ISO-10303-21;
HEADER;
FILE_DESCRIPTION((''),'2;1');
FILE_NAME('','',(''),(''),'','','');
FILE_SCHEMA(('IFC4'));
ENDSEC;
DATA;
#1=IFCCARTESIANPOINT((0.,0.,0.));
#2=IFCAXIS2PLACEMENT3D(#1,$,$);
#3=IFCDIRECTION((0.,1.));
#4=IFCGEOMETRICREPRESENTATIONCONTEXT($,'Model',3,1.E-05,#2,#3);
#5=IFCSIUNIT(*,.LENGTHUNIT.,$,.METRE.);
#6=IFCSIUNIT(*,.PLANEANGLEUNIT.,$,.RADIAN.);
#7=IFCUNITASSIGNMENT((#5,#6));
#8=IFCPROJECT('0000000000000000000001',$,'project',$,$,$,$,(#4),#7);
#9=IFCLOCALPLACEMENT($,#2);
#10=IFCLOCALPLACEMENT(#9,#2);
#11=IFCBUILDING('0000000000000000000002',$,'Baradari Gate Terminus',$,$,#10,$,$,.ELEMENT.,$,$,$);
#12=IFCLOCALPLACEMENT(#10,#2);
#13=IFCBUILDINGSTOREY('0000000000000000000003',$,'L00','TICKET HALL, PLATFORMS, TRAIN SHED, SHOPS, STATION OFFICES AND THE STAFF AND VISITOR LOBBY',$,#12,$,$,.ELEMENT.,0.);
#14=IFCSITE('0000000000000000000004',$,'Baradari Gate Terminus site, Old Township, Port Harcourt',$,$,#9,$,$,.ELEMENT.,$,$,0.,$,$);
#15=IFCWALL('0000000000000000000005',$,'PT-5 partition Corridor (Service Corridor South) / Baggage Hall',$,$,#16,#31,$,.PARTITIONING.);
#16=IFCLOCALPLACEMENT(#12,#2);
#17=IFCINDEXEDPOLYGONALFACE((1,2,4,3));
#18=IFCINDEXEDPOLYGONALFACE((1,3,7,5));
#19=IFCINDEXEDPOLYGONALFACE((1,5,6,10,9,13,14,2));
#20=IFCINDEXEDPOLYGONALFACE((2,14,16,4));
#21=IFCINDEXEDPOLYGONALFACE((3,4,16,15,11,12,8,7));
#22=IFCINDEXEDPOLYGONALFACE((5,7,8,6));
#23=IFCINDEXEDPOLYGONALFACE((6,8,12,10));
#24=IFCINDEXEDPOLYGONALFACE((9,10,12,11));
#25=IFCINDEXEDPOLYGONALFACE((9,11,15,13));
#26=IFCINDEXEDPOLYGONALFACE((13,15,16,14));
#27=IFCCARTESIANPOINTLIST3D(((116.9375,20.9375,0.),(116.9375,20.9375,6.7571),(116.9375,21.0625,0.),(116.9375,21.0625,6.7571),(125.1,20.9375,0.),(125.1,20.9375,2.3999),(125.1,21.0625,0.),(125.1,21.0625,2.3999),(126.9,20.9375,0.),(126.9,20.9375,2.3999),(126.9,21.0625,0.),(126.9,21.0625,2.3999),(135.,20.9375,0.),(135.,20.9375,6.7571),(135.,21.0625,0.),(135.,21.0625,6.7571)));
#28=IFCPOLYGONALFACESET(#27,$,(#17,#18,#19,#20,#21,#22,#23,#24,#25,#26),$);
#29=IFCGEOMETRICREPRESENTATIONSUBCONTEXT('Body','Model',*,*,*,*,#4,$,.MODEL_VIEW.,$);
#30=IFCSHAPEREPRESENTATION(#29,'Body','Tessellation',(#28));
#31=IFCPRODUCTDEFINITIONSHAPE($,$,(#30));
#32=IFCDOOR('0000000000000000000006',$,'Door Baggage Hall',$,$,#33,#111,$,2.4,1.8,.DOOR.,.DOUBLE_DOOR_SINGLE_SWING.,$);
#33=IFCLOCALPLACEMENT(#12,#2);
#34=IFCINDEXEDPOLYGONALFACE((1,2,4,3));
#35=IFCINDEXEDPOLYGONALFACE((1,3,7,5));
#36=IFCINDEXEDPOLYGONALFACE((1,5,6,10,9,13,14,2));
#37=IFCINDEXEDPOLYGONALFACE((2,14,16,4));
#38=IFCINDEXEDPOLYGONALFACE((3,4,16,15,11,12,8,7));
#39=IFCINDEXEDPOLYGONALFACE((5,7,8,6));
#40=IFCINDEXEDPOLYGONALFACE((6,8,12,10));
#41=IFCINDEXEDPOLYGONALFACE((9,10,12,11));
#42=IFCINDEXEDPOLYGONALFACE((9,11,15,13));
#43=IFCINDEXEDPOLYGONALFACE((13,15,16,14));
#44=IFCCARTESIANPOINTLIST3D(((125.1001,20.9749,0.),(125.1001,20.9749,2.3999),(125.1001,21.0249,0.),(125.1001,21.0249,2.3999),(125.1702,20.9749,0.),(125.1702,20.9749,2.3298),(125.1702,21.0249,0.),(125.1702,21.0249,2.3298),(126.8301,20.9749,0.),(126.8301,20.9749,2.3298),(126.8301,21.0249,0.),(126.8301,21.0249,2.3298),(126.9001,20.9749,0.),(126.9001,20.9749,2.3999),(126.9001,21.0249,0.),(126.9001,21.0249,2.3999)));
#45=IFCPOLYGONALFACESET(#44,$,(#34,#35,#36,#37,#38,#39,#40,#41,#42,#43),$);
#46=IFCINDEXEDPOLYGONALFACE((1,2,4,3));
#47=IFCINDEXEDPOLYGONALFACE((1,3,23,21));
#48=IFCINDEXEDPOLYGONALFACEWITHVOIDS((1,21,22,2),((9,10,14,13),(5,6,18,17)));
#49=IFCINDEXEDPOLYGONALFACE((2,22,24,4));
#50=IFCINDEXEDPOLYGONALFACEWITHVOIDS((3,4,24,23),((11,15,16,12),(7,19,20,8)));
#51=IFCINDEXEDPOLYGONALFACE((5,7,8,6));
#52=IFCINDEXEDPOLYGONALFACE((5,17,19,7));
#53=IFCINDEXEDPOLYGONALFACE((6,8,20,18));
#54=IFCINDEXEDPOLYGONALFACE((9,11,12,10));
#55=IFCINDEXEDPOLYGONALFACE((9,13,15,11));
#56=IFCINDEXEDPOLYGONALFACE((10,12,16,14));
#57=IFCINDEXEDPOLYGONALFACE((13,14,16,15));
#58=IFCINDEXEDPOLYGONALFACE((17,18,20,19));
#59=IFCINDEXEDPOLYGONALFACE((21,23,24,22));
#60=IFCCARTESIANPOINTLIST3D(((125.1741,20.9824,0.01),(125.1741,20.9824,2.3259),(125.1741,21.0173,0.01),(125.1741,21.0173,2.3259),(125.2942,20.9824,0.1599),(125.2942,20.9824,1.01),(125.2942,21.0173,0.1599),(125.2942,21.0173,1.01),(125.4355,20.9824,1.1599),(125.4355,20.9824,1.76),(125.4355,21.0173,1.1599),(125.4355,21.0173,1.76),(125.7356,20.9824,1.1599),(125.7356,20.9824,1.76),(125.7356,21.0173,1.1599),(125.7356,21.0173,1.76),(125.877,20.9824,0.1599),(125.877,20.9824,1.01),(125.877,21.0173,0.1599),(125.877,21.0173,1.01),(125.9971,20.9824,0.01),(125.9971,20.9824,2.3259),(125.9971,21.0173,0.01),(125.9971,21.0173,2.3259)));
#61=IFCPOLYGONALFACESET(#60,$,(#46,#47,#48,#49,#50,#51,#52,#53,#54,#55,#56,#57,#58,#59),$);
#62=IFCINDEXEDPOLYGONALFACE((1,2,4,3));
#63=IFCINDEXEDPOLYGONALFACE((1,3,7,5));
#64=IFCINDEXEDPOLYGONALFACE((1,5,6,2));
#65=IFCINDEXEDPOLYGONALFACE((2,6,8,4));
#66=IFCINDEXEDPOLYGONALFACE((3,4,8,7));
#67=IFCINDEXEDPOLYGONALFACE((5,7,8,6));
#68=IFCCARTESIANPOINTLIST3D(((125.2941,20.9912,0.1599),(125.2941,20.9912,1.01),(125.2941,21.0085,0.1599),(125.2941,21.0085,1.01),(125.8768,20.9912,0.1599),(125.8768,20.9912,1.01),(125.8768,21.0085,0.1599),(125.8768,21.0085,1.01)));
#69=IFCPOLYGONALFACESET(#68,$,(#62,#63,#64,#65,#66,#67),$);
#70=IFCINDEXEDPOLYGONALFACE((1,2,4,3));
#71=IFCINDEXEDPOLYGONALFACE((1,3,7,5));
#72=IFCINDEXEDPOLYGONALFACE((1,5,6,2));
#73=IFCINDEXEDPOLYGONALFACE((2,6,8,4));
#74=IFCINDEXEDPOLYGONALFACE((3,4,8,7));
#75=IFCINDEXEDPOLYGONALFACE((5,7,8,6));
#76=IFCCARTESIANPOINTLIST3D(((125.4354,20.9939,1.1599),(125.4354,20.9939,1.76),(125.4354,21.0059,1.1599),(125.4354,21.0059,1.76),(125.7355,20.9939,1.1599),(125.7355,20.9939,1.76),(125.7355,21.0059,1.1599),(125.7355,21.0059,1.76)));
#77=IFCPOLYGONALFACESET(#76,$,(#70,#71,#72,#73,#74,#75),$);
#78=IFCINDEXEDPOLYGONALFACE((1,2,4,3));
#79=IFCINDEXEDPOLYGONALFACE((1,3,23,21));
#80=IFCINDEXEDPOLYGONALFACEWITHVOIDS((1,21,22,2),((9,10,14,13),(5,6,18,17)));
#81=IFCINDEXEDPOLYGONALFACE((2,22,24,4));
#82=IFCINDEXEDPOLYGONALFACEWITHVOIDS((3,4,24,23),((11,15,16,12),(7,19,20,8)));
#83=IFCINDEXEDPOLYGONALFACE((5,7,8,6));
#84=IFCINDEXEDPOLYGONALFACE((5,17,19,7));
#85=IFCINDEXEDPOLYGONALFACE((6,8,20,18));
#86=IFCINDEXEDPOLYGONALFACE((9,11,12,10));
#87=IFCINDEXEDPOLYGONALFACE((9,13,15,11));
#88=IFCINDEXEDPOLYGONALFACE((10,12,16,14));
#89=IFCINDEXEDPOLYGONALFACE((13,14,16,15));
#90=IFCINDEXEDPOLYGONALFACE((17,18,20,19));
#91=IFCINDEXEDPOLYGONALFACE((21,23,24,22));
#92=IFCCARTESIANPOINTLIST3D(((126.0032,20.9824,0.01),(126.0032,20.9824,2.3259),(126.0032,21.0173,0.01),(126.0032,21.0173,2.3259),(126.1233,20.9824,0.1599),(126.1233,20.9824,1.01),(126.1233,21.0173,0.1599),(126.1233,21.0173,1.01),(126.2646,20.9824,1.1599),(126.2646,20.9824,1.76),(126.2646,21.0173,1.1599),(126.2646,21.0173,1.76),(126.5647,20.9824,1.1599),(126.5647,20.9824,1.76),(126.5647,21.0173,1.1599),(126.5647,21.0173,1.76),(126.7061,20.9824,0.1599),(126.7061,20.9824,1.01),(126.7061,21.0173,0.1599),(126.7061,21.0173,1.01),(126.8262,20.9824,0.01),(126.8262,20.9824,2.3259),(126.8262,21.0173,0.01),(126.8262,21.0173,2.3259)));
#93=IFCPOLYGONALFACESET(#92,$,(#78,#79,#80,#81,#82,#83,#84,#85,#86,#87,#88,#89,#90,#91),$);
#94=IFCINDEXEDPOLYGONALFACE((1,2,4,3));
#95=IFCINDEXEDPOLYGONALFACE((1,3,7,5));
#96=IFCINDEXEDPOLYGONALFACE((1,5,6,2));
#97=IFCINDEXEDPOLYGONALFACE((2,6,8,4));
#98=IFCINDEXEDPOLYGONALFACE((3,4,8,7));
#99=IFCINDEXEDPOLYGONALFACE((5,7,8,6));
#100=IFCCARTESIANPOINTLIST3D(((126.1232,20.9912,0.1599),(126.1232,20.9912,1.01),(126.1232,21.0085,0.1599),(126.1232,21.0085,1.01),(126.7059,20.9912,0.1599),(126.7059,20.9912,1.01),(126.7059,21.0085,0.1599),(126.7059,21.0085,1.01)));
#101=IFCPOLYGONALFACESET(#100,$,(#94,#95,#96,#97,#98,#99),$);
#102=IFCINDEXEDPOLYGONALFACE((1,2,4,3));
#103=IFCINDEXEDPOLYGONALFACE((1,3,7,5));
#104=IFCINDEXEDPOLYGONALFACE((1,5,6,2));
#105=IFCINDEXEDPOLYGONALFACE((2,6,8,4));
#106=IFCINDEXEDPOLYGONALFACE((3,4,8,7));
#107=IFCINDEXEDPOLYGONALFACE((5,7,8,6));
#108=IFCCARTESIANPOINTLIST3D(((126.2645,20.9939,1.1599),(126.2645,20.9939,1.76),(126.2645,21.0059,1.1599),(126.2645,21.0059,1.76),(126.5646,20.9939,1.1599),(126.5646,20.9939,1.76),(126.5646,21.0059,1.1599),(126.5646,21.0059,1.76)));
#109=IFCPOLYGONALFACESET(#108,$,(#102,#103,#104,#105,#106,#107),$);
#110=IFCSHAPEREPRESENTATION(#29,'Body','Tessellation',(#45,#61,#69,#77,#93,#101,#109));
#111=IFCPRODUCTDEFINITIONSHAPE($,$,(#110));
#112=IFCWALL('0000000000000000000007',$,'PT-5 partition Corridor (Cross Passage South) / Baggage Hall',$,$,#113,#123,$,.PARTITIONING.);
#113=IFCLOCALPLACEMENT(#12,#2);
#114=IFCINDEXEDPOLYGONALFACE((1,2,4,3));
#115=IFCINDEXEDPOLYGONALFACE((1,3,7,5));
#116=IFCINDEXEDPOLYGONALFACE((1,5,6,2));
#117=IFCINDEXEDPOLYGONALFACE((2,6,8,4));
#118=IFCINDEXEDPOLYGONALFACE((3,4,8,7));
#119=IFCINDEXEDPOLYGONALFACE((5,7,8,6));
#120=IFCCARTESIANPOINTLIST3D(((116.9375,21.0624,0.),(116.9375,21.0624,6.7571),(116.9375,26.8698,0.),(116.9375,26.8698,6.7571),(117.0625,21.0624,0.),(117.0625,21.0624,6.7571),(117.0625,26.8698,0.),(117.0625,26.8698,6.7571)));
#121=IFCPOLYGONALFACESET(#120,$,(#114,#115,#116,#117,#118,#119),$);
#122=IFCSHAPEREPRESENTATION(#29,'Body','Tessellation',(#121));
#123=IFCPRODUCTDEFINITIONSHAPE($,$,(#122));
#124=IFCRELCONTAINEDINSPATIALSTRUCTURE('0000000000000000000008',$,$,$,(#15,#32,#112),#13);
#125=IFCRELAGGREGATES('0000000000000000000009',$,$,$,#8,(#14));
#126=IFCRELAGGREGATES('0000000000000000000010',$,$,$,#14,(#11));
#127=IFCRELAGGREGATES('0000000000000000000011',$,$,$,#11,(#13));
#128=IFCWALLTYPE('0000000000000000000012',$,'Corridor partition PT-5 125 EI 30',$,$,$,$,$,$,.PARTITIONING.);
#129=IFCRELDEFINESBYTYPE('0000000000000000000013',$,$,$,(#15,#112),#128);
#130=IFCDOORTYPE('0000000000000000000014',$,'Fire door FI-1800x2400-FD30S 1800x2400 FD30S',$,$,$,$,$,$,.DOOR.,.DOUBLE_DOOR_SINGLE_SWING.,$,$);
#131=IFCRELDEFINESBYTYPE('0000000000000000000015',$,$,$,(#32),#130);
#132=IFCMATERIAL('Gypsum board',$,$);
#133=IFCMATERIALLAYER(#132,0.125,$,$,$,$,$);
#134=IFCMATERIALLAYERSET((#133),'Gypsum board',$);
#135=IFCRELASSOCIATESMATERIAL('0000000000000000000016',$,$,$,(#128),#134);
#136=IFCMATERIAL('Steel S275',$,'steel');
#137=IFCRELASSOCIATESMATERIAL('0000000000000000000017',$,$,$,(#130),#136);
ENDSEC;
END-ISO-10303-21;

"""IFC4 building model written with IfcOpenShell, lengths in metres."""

from ifc_helpers import new_model, si_unit, direction, frame, frame_2d, origin, place, context, subcontext, project, spatial, polyline, rectangle, outline, extrude, material, layer, layer_set, type_object, element, fill, save


model = new_model("IFC4")

# Units and contexts
model_context = context("Model", 3, precision=1e-05, world=origin(), true_north=direction((0.0, 1.0)))
body_context = subcontext(model_context, "Body", "Model", "MODEL_VIEW")
ifc_project = project(units=[si_unit("LENGTHUNIT", "METRE"), si_unit("PLANEANGLEUNIT", "RADIAN")], contexts=[model_context])

# Site, building, storey
site_placement = place(None, origin())
site = spatial("IfcSite", under=ifc_project, at=site_placement, Name="Baradari Gate Terminus site, Old Township, Port Harcourt", CompositionType="ELEMENT", RefElevation=0.0)
building_placement = place(site_placement, origin())
building = spatial("IfcBuilding", under=site, at=building_placement, Name="Baradari Gate Terminus", CompositionType="ELEMENT")
storey_placement = place(building_placement, origin())
storey = spatial("IfcBuildingStorey", under=building, at=storey_placement, Name="L00", Description="TICKET HALL, PLATFORMS, TRAIN SHED, SHOPS, STATION OFFICES AND THE STAFF AND VISITOR LOBBY", CompositionType="ELEMENT", Elevation=0.0)

# Wall, opening, door
ifc_material_1 = material(Name="Gypsum board")
ifc_layer_1 = layer(ifc_material_1, 0.125)
ifc_layer_set_1 = layer_set([ifc_layer_1], Name="Gypsum board")
wall_type_1 = type_object("IfcWallType", Name="Corridor partition PT-5 125 EI 30", PredefinedType="PARTITIONING", material=ifc_layer_set_1)
ifc_material_2 = material(Name="Steel S275", Category="steel")
door_type_1 = type_object("IfcDoorType", Name="Fire door FI-1800x2400-FD30S 1800x2400 FD30S", OperationType="DOUBLE_DOOR_SINGLE_SWING", PredefinedType="DOOR", material=ifc_material_2)
wall_1_placement = place(storey_placement, frame((116.9375, 21.0, 0.0), z_axis=(0.0, 0.0, 1.0), x_axis=(1.0, 0.0, 0.0)))
wall_1 = element("IfcWall", 1, at=wall_1_placement, inside=storey, type_object=wall_type_1, Name="PT-5 partition Corridor (Service Corridor South) / Baggage Hall", PredefinedType="PARTITIONING", context=body_context, shape_type="SweptSolid", body=[
    extrude(rectangle(XDim=18.0625, YDim=0.125, at=frame_2d((9.0312, 0.0))), origin(), (0.0, 0.0, 1.0), 6.7571),
])
opening_1_placement = place(wall_1_placement, frame((8.1626, 0.0, 0.0)))
opening_1 = element("IfcOpeningElement", 2, at=opening_1_placement, cuts=wall_1, PredefinedType="OPENING", context=body_context, shape_type="SweptSolid", body=[
    extrude(rectangle(XDim=1.8, YDim=2.3999, at=frame_2d((0.8999, 1.2))), frame((0.0, 0.0725, 0.0), z_axis=(0.0, -1.0, 0.0), x_axis=(1.0, 0.0, 0.0)), (0.0, 0.0, 1.0), 0.145),
])
door_1_placement = place(opening_1_placement, origin())
door_1 = element("IfcDoor", 3, at=door_1_placement, inside=storey, type_object=door_type_1, Name="Door Baggage Hall", OperationType="DOUBLE_DOOR_SINGLE_SWING", OverallHeight=2.4, OverallWidth=1.8, PredefinedType="DOOR", context=body_context, shape_type="SweptSolid", body=[
    extrude(outline(polyline([(0.0, 0.0), (0.0701, 0.0), (0.0701, 2.3298), (1.73, 2.3298), (1.73, 0.0), (1.8, 0.0), (1.8, 2.3999), (0.0, 2.3999), (0.0, 0.0)])), frame((0.0, 0.0249, 0.0), z_axis=(0.0, -1.0, 0.0), x_axis=(1.0, 0.0, 0.0)), (0.0, 0.0, 1.0), 0.05),
    extrude(outline(polyline([(0.074, 0.01), (0.897, 0.01), (0.897, 2.3259), (0.074, 2.3259), (0.074, 0.01)]), holes=[polyline([(0.1941, 0.1599), (0.7769, 0.1599), (0.7769, 1.01), (0.1941, 1.01), (0.1941, 0.1599)]), polyline([(0.3354, 1.1599), (0.6355, 1.1599), (0.6355, 1.76), (0.3354, 1.76), (0.3354, 1.1599)])]), frame((0.0, 0.0173, 0.0), z_axis=(0.0, -1.0, 0.0), x_axis=(1.0, 0.0, 0.0)), (0.0, 0.0, 1.0), 0.0349),
    extrude(rectangle(XDim=0.5828, YDim=0.8501, at=frame_2d((0.4854, 0.585))), frame((0.0, 0.0085, 0.0), z_axis=(0.0, -1.0, 0.0), x_axis=(1.0, 0.0, 0.0)), (0.0, 0.0, 1.0), 0.0173),
    extrude(rectangle(XDim=0.3, YDim=0.6001, at=frame_2d((0.4854, 1.46))), frame((0.0, 0.0059, 0.0), z_axis=(0.0, -1.0, 0.0), x_axis=(1.0, 0.0, 0.0)), (0.0, 0.0, 1.0), 0.012),
    extrude(outline(polyline([(0.9031, 0.01), (1.7261, 0.01), (1.7261, 2.3259), (0.9031, 2.3259), (0.9031, 0.01)]), holes=[polyline([(1.0232, 0.1599), (1.606, 0.1599), (1.606, 1.01), (1.0232, 1.01), (1.0232, 0.1599)]), polyline([(1.1646, 1.1599), (1.4646, 1.1599), (1.4646, 1.76), (1.1646, 1.76), (1.1646, 1.1599)])]), frame((0.0, 0.0173, 0.0), z_axis=(0.0, -1.0, 0.0), x_axis=(1.0, 0.0, 0.0)), (0.0, 0.0, 1.0), 0.0349),
    extrude(rectangle(XDim=0.5828, YDim=0.8501, at=frame_2d((1.3145, 0.585))), frame((0.0, 0.0085, 0.0), z_axis=(0.0, -1.0, 0.0), x_axis=(1.0, 0.0, 0.0)), (0.0, 0.0, 1.0), 0.0173),
    extrude(rectangle(XDim=0.3, YDim=0.6001, at=frame_2d((1.3145, 1.46))), frame((0.0, 0.0059, 0.0), z_axis=(0.0, -1.0, 0.0), x_axis=(1.0, 0.0, 0.0)), (0.0, 0.0, 1.0), 0.012),
])
fill(opening_1, door_1)

# Wall
wall_2_placement = place(storey_placement, frame((117.0, 26.8699, 0.0), z_axis=(0.0, 0.0, 1.0), x_axis=(0.0, -1.0, 0.0)))
element("IfcWall", 4, at=wall_2_placement, inside=storey, type_object=wall_type_1, Name="PT-5 partition Corridor (Cross Passage South) / Baggage Hall", PredefinedType="PARTITIONING", context=body_context, shape_type="SweptSolid", body=[
    extrude(rectangle(XDim=5.8074, YDim=0.125, at=frame_2d((2.9038, 0.0))), origin(), (0.0, 0.0, 1.0), 6.7571),
])

save(model, "model.ifc")
